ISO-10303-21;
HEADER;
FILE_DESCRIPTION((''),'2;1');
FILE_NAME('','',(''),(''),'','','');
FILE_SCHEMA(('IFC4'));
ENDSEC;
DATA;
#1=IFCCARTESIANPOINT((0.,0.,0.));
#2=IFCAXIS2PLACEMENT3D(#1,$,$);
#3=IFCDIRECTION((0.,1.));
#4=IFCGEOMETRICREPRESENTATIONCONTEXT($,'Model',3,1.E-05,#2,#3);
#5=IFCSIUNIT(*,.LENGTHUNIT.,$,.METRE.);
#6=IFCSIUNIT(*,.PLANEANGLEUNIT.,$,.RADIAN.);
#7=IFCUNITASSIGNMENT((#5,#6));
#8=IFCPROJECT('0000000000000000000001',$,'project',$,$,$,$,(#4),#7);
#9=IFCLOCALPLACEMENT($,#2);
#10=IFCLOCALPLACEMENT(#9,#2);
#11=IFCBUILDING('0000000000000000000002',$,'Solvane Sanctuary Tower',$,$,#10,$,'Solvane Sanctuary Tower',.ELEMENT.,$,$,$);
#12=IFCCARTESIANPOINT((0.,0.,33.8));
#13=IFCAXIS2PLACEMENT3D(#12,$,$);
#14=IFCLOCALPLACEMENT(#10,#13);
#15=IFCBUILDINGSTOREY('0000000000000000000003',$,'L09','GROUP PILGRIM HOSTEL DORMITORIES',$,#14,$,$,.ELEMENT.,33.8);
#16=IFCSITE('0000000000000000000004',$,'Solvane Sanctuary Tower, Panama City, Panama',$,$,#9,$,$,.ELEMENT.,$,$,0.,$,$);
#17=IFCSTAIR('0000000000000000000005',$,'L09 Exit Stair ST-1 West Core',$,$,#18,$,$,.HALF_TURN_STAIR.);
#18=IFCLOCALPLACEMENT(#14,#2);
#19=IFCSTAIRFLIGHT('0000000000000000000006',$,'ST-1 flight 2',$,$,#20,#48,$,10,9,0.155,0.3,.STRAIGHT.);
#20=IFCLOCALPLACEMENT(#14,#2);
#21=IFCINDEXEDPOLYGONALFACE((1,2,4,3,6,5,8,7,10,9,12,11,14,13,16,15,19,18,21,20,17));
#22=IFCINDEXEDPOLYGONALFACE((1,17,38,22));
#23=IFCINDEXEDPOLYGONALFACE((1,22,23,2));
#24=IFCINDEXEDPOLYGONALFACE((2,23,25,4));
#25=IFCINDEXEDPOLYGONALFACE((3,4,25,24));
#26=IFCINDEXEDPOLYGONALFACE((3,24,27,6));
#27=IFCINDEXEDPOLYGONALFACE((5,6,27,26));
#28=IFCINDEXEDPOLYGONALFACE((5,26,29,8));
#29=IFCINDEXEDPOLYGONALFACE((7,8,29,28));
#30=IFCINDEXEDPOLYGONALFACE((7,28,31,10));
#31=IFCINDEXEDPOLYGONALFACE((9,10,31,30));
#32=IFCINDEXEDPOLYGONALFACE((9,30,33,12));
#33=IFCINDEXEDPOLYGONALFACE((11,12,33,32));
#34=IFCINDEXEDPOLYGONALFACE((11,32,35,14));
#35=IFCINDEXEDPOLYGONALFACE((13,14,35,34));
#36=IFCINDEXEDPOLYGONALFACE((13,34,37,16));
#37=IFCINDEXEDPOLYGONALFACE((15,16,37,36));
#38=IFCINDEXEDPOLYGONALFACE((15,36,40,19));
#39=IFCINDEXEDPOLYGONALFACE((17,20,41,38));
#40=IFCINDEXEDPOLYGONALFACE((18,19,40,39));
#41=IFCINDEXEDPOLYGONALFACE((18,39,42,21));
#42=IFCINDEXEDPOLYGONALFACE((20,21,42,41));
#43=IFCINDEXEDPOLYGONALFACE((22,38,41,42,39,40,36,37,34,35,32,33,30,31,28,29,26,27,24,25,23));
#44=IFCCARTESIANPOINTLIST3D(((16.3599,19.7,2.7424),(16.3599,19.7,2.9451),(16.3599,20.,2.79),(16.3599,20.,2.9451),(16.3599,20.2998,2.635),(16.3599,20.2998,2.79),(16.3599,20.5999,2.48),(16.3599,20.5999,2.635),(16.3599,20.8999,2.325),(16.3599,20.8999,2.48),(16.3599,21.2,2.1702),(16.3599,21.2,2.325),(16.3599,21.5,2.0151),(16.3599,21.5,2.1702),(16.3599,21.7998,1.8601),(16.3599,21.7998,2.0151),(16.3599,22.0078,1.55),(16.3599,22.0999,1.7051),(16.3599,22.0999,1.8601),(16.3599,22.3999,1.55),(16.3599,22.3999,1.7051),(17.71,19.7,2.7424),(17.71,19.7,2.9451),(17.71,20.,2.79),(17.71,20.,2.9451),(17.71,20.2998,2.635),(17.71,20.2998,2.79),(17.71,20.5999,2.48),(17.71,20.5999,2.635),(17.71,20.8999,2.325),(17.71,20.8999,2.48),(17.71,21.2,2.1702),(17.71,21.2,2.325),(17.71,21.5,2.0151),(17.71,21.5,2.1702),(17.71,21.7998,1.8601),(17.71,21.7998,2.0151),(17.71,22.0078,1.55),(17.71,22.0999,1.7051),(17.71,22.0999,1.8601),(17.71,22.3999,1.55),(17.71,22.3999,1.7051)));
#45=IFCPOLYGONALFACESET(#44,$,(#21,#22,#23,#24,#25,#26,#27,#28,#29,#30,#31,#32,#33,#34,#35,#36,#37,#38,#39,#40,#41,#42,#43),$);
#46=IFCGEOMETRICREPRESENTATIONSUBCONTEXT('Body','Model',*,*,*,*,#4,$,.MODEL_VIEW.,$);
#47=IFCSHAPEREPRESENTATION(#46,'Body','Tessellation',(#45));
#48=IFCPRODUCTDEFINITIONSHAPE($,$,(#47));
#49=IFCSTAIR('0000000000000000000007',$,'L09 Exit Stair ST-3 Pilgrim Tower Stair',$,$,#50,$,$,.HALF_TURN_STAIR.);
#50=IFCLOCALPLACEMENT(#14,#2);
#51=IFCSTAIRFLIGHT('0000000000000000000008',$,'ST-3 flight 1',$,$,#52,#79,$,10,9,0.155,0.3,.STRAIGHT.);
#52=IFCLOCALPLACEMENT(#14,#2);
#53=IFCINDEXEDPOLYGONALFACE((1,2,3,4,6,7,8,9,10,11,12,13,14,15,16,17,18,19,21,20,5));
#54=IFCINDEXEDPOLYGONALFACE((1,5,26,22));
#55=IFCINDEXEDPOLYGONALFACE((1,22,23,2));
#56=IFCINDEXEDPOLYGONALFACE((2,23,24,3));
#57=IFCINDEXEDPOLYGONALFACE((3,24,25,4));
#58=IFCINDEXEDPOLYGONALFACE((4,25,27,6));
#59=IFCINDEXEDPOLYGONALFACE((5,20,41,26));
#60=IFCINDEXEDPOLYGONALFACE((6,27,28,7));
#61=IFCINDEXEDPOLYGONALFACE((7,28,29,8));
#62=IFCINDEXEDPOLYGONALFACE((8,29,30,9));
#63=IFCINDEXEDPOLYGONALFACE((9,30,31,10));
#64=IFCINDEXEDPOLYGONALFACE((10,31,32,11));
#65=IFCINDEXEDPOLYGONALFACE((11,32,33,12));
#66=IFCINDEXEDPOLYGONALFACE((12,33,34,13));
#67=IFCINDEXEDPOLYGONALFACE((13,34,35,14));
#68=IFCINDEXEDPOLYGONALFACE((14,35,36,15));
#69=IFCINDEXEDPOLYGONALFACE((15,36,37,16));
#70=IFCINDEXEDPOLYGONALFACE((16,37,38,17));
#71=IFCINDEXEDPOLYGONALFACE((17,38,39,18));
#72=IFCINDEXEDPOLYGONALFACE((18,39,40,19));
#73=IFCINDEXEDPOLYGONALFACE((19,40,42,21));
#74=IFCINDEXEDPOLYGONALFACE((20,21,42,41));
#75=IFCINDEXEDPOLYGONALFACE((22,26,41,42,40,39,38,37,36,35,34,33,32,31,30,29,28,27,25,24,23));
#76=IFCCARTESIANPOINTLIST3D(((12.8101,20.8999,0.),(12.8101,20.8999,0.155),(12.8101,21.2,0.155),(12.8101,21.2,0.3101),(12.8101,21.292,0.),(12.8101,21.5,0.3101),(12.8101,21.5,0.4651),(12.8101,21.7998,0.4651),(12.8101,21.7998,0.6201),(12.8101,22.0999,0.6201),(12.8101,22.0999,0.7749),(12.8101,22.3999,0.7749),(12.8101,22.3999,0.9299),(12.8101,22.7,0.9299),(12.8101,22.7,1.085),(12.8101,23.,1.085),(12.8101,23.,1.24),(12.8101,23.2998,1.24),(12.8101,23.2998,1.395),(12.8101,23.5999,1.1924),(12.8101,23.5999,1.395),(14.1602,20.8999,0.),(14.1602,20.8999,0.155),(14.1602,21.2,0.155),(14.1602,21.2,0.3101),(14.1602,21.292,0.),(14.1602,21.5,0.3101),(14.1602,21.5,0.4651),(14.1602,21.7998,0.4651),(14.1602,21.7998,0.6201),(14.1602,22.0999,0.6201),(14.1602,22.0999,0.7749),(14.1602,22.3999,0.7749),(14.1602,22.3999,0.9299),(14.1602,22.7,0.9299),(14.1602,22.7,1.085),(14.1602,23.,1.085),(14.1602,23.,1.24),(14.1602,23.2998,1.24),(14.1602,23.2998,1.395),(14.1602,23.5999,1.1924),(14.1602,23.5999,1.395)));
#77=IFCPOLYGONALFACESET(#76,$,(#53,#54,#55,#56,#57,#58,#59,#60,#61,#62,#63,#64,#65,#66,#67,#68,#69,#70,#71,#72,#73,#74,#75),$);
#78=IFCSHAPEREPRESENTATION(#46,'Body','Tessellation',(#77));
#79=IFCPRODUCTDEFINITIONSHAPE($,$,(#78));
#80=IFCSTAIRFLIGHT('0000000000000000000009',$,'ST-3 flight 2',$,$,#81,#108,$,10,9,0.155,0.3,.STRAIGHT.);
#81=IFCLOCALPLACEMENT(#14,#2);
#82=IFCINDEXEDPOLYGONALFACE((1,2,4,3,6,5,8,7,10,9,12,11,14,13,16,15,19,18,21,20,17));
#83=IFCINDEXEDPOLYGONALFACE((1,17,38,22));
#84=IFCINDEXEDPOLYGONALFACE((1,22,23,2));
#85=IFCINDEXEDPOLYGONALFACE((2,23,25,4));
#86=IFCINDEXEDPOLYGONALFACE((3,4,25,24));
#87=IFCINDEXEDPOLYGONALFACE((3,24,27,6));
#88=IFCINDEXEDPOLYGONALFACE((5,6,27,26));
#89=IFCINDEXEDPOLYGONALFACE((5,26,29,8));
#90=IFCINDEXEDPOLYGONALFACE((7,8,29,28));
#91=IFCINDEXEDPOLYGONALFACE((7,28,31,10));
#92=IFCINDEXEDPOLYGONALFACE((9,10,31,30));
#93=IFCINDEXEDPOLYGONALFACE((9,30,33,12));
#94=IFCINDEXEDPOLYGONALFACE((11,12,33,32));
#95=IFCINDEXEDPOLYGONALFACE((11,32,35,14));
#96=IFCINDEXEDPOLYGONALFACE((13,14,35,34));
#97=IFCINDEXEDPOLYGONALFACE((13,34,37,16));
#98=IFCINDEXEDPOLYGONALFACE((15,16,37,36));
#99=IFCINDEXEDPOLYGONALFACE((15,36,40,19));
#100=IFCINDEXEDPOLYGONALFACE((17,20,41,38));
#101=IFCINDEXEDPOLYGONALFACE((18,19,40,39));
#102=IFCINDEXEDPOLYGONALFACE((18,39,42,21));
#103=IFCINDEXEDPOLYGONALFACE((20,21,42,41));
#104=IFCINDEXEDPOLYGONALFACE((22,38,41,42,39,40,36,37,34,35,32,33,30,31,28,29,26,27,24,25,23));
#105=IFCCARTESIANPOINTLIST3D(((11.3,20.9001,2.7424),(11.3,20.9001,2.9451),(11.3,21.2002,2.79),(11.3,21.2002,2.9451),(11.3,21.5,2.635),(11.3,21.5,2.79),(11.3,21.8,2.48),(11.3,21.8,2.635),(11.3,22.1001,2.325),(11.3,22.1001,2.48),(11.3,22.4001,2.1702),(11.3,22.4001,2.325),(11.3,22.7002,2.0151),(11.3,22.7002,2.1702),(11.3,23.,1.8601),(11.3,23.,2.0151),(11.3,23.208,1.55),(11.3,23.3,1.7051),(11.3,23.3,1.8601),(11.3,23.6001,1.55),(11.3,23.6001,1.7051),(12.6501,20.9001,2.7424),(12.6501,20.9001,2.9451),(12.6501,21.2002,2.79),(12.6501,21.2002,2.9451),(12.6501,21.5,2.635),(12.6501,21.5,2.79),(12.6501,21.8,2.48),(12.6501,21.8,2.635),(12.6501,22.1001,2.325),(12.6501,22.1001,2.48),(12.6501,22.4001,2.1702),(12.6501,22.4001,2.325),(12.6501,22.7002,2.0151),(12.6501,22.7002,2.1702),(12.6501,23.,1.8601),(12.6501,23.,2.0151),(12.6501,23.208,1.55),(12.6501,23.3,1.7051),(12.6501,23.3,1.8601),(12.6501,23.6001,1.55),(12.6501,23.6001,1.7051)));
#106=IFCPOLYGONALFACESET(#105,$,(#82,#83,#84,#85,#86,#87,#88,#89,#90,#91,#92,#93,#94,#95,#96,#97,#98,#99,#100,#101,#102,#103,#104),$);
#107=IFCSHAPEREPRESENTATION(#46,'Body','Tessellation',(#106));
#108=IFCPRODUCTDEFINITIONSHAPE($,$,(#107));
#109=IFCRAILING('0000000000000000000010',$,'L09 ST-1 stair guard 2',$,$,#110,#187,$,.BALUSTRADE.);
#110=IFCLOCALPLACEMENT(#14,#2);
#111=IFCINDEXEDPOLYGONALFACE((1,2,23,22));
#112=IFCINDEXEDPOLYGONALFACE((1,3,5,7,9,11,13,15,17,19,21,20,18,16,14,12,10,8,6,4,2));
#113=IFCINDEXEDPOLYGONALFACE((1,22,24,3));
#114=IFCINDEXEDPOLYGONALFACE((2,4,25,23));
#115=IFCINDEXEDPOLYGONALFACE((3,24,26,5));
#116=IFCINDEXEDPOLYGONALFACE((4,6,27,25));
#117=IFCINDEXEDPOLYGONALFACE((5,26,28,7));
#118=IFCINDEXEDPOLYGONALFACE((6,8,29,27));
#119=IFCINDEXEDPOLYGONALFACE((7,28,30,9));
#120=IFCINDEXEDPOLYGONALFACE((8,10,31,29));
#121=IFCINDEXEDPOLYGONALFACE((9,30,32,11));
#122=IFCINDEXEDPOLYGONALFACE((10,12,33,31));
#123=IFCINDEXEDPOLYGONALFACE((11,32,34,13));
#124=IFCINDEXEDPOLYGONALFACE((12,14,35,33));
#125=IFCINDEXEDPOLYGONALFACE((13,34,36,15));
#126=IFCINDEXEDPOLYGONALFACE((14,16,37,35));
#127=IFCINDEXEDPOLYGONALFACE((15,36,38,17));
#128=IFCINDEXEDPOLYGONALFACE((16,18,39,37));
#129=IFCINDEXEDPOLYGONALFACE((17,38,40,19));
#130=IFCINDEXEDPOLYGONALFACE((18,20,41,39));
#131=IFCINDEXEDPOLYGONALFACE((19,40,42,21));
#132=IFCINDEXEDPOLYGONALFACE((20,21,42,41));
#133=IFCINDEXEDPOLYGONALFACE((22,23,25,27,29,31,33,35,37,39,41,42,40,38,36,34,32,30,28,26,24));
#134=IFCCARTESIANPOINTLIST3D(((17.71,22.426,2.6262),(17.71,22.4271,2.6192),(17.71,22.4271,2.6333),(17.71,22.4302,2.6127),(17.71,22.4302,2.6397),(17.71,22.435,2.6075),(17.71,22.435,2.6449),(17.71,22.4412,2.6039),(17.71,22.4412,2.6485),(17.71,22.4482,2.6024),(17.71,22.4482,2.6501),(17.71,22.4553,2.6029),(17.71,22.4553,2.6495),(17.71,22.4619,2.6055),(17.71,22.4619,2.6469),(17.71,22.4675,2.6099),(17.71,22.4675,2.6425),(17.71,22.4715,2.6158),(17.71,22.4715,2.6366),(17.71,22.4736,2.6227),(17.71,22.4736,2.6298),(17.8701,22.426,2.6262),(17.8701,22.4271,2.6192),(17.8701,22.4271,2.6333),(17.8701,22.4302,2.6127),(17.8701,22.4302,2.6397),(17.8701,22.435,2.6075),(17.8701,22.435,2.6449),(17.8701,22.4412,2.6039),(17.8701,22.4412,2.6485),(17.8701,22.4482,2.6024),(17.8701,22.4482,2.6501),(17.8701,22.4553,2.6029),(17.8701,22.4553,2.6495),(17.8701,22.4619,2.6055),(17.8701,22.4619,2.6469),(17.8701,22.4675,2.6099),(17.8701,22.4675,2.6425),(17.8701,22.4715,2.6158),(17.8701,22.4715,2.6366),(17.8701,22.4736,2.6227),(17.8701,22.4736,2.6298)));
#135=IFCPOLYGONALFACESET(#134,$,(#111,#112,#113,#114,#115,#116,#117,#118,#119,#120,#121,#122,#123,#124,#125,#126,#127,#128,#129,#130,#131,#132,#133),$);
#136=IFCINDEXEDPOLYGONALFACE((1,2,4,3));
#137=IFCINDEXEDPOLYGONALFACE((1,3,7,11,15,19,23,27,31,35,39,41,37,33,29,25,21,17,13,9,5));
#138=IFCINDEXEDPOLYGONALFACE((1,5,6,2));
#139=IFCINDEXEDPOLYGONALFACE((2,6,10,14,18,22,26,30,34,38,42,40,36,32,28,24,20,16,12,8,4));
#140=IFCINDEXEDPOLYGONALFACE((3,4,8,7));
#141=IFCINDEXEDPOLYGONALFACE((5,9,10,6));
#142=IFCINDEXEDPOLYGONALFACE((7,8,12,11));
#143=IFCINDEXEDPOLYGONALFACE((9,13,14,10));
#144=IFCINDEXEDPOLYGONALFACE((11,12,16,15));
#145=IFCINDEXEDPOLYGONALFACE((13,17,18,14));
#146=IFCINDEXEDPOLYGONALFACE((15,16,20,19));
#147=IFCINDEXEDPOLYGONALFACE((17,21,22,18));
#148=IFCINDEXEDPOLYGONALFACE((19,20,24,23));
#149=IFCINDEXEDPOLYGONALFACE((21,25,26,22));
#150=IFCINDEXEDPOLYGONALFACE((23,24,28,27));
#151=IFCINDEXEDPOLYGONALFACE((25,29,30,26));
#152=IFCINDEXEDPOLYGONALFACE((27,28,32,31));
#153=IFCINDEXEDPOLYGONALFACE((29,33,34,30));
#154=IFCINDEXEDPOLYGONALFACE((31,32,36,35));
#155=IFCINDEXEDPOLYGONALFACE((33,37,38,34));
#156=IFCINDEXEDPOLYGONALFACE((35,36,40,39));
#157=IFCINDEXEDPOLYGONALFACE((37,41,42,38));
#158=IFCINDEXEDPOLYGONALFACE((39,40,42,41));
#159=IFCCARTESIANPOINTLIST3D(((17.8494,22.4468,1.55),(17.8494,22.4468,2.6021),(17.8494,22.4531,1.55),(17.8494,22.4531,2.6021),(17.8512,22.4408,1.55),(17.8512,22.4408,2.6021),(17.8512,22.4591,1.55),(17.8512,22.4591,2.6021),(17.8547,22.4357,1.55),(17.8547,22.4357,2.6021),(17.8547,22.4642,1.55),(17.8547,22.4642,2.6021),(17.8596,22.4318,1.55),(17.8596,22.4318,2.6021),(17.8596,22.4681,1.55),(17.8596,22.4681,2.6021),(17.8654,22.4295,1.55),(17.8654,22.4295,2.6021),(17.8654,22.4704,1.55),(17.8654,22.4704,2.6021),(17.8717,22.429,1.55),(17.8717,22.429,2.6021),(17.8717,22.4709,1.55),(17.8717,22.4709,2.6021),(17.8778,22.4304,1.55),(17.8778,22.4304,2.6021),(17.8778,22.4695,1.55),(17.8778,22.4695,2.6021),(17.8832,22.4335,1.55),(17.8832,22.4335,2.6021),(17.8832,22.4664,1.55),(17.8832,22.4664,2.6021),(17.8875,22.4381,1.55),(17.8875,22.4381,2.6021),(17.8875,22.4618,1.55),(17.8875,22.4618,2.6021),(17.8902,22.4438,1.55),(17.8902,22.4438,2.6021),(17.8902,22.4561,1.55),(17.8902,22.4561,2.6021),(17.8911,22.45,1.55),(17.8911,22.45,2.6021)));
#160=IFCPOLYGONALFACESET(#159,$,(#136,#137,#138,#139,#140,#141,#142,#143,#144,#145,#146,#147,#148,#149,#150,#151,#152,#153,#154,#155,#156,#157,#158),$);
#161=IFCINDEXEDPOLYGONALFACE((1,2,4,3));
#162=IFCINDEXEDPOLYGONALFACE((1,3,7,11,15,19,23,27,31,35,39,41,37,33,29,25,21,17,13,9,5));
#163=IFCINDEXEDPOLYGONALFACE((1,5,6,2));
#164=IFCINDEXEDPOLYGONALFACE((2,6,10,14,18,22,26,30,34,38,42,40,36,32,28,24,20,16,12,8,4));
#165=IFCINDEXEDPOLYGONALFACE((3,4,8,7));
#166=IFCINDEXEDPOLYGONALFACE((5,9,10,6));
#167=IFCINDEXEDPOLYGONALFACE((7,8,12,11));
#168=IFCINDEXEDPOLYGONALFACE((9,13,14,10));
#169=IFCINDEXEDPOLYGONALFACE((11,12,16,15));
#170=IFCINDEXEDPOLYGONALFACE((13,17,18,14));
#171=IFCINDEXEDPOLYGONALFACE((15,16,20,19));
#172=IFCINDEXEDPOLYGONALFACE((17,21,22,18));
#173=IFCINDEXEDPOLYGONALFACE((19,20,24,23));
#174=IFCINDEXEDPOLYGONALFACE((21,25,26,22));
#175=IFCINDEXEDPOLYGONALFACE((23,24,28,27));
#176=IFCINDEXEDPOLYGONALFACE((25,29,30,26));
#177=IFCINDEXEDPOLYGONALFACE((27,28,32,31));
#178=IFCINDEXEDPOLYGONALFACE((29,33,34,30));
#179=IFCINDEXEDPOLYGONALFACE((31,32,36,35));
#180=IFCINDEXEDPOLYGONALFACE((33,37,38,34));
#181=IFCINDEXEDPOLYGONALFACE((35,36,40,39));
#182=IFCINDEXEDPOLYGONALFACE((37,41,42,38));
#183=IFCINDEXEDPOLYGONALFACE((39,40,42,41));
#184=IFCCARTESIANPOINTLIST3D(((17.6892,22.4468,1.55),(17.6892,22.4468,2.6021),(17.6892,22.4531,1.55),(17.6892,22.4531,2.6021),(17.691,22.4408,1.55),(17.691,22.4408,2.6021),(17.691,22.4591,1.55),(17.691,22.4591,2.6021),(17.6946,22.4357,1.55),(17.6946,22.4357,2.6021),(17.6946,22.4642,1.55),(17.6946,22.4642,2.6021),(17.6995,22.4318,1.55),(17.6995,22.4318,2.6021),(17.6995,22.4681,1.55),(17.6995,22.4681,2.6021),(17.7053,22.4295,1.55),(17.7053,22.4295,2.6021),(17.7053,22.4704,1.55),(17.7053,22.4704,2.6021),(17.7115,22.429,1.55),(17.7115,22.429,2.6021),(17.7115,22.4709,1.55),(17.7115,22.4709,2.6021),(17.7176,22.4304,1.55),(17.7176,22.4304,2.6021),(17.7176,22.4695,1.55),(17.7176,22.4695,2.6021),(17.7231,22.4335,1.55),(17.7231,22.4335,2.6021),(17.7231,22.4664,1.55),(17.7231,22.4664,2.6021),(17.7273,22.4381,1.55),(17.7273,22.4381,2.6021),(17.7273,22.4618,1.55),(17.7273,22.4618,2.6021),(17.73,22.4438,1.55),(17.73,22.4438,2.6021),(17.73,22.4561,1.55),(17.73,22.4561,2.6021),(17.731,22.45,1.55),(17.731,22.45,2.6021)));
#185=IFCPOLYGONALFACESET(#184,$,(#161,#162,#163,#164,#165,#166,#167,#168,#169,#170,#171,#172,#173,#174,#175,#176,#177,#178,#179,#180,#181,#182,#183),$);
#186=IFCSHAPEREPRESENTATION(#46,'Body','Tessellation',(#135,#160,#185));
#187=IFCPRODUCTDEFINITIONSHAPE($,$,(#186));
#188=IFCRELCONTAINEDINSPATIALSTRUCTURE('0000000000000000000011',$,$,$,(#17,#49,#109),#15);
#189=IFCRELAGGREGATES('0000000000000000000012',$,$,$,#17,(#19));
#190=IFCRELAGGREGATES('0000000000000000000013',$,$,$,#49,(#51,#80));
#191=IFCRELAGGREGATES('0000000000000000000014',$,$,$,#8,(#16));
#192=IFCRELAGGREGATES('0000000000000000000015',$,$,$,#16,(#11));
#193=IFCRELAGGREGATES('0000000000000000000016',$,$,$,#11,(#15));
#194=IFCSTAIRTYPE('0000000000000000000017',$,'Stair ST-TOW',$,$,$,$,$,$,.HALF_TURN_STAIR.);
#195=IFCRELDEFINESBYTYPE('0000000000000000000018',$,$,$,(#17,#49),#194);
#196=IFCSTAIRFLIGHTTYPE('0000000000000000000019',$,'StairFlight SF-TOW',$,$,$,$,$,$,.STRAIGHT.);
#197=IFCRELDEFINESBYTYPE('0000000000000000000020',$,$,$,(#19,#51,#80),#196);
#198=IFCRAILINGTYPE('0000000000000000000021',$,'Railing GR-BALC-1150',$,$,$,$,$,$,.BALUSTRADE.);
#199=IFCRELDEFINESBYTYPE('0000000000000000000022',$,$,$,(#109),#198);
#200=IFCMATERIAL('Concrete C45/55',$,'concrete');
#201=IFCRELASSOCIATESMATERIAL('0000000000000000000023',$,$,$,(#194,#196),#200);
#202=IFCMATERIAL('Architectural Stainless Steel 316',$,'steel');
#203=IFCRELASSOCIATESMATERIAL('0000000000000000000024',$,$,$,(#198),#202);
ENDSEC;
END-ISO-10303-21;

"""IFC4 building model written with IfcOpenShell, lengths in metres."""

from ifc_helpers import new_model, si_unit, direction, frame, origin, origin_2d, place, context, subcontext, project, spatial, polyline, circle, outline, extrude, material, type_object, element, aggregate, save


model = new_model("IFC4")

# Units and contexts
model_context = context("Model", 3, precision=1e-05, world=origin(), true_north=direction((0.0, 1.0)))
body_context = subcontext(model_context, "Body", "Model", "MODEL_VIEW")
ifc_project = project(units=[si_unit("LENGTHUNIT", "METRE"), si_unit("PLANEANGLEUNIT", "RADIAN")], contexts=[model_context])

# Site, building, storey
site_placement = place(None, origin())
site = spatial("IfcSite", under=ifc_project, at=site_placement, Name="Solvane Sanctuary Tower, Panama City, Panama", CompositionType="ELEMENT", RefElevation=0.0)
building_placement = place(site_placement, origin())
building = spatial("IfcBuilding", under=site, at=building_placement, Name="Solvane Sanctuary Tower", LongName="Solvane Sanctuary Tower", CompositionType="ELEMENT")
storey_placement = place(building_placement, frame((0.0, 0.0, 33.8)))
storey = spatial("IfcBuildingStorey", under=building, at=storey_placement, Name="L09", Description="GROUP PILGRIM HOSTEL DORMITORIES", CompositionType="ELEMENT", Elevation=33.8)

# Stair, stair flight
ifc_material_1 = material(Name="Concrete C45/55", Category="concrete")
stair_type = type_object("IfcStairType", Name="Stair ST-TOW", PredefinedType="HALF_TURN_STAIR", material=ifc_material_1)
stair_1_placement = place(storey_placement, origin())
stair_1 = element("IfcStair", 1, at=stair_1_placement, inside=storey, type_object=stair_type, Name="L09 Exit Stair ST-1 West Core", PredefinedType="HALF_TURN_STAIR")
stair_flight_type = type_object("IfcStairFlightType", Name="StairFlight SF-TOW", PredefinedType="STRAIGHT", material=ifc_material_1)
stair_flight_1_placement = place(storey_placement, frame((17.0349, 22.3999, 1.55), z_axis=(0.0, 0.0, 1.0), x_axis=(0.0, -1.0, 0.0)))
stair_flight_1 = element("IfcStairFlight", 2, at=stair_flight_1_placement, type_object=stair_flight_type, Name="ST-1 flight 2", NumberOfRisers=10, NumberOfTreads=9, PredefinedType="STRAIGHT", RiserHeight=0.155, TreadLength=0.3, context=body_context, shape_type="SweptSolid", body=[
    extrude(outline(polyline([(0.0, 0.0), (0.0, 0.155), (0.3, 0.155), (0.3, 0.3101), (0.6001, 0.3101), (0.6001, 0.4651), (0.8999, 0.4651), (0.8999, 0.6201), (1.2, 0.6201), (1.2, 0.7749), (1.5, 0.7749), (1.5, 0.9299), (1.8, 0.9299), (1.8, 1.085), (2.1001, 1.085), (2.1001, 1.24), (2.3999, 1.24), (2.3999, 1.395), (2.7, 1.395), (2.7, 1.55), (2.7, 1.1924), (0.3921, 0.0), (0.0, 0.0)])), frame((0.0, 0.675, 0.0), z_axis=(0.0, -1.0, 0.0), x_axis=(1.0, 0.0, 0.0)), (0.0, 0.0, 1.0), 1.3501),
])
aggregate(stair_1, [stair_flight_1])

# Stair, stair flights
stair_2_placement = place(storey_placement, origin())
stair_2 = element("IfcStair", 3, at=stair_2_placement, inside=storey, type_object=stair_type, Name="L09 Exit Stair ST-3 Pilgrim Tower Stair", PredefinedType="HALF_TURN_STAIR")
stair_flight_2_placement = place(storey_placement, frame((13.4851, 20.8999, 0.0), z_axis=(0.0, 0.0, 1.0), x_axis=(0.0, 1.0, 0.0)))
stair_flight_2 = element("IfcStairFlight", 4, at=stair_flight_2_placement, type_object=stair_flight_type, Name="ST-3 flight 1", NumberOfRisers=10, NumberOfTreads=9, PredefinedType="STRAIGHT", RiserHeight=0.155, TreadLength=0.3, context=body_context, shape_type="SweptSolid", body=[
    extrude(outline(polyline([(0.0, 0.0), (0.0, 0.155), (0.3, 0.155), (0.3, 0.3101), (0.6001, 0.3101), (0.6001, 0.4651), (0.8999, 0.4651), (0.8999, 0.6201), (1.2, 0.6201), (1.2, 0.7749), (1.5, 0.7749), (1.5, 0.9299), (1.8, 0.9299), (1.8, 1.085), (2.1001, 1.085), (2.1001, 1.24), (2.3999, 1.24), (2.3999, 1.395), (2.7, 1.395), (2.7, 1.55), (2.7, 1.1924), (0.3921, 0.0), (0.0, 0.0)])), frame((0.0, 0.675, 0.0), z_axis=(0.0, -1.0, 0.0), x_axis=(1.0, 0.0, 0.0)), (0.0, 0.0, 1.0), 1.3501),
])
stair_flight_3_placement = place(storey_placement, frame((11.9751, 23.6001, 1.55), z_axis=(0.0, 0.0, 1.0), x_axis=(0.0, -1.0, 0.0)))
stair_flight_3 = element("IfcStairFlight", 5, at=stair_flight_3_placement, type_object=stair_flight_type, Name="ST-3 flight 2", NumberOfRisers=10, NumberOfTreads=9, PredefinedType="STRAIGHT", RiserHeight=0.155, TreadLength=0.3, context=body_context, shape_type="SweptSolid", body=[
    extrude(outline(polyline([(0.0, 0.0), (0.0, 0.155), (0.3, 0.155), (0.3, 0.3101), (0.6001, 0.3101), (0.6001, 0.4651), (0.8999, 0.4651), (0.8999, 0.6201), (1.2, 0.6201), (1.2, 0.7749), (1.5, 0.7749), (1.5, 0.9299), (1.8, 0.9299), (1.8, 1.085), (2.1001, 1.085), (2.1001, 1.24), (2.3999, 1.24), (2.3999, 1.395), (2.7, 1.395), (2.7, 1.55), (2.7, 1.1924), (0.3921, 0.0), (0.0, 0.0)])), frame((0.0, 0.675, 0.0), z_axis=(0.0, -1.0, 0.0), x_axis=(1.0, 0.0, 0.0)), (0.0, 0.0, 1.0), 1.3501),
])
aggregate(stair_2, [stair_flight_2, stair_flight_3])

# Railing
ifc_material_2 = material(Name="Architectural Stainless Steel 316", Category="steel")
railing_type_1 = type_object("IfcRailingType", Name="Railing GR-BALC-1150", PredefinedType="BALUSTRADE", material=ifc_material_2)
railing_1_placement = place(storey_placement, frame((17.8701, 22.45, 1.55)))
element("IfcRailing", 6, at=railing_1_placement, inside=storey, type_object=railing_type_1, Name="L09 ST-1 stair guard 2", PredefinedType="BALUSTRADE", context=body_context, shape_type="SweptSolid", body=[
    extrude(circle(Radius=0.0239, at=origin_2d()), frame((0.0, 0.0, 1.0762), z_axis=(-1.0, 0.0, 0.0), x_axis=(0.0, -1.0, 0.0)), (0.0, 0.0, 1.0), 0.1602),
    extrude(circle(Radius=0.021, at=origin_2d()), origin(), (0.0, 0.0, 1.0), 1.052),
    extrude(circle(Radius=0.021, at=origin_2d()), frame((-0.1602, 0.0, 0.0)), (0.0, 0.0, 1.0), 1.052),
])

save(model, "model.ifc")
